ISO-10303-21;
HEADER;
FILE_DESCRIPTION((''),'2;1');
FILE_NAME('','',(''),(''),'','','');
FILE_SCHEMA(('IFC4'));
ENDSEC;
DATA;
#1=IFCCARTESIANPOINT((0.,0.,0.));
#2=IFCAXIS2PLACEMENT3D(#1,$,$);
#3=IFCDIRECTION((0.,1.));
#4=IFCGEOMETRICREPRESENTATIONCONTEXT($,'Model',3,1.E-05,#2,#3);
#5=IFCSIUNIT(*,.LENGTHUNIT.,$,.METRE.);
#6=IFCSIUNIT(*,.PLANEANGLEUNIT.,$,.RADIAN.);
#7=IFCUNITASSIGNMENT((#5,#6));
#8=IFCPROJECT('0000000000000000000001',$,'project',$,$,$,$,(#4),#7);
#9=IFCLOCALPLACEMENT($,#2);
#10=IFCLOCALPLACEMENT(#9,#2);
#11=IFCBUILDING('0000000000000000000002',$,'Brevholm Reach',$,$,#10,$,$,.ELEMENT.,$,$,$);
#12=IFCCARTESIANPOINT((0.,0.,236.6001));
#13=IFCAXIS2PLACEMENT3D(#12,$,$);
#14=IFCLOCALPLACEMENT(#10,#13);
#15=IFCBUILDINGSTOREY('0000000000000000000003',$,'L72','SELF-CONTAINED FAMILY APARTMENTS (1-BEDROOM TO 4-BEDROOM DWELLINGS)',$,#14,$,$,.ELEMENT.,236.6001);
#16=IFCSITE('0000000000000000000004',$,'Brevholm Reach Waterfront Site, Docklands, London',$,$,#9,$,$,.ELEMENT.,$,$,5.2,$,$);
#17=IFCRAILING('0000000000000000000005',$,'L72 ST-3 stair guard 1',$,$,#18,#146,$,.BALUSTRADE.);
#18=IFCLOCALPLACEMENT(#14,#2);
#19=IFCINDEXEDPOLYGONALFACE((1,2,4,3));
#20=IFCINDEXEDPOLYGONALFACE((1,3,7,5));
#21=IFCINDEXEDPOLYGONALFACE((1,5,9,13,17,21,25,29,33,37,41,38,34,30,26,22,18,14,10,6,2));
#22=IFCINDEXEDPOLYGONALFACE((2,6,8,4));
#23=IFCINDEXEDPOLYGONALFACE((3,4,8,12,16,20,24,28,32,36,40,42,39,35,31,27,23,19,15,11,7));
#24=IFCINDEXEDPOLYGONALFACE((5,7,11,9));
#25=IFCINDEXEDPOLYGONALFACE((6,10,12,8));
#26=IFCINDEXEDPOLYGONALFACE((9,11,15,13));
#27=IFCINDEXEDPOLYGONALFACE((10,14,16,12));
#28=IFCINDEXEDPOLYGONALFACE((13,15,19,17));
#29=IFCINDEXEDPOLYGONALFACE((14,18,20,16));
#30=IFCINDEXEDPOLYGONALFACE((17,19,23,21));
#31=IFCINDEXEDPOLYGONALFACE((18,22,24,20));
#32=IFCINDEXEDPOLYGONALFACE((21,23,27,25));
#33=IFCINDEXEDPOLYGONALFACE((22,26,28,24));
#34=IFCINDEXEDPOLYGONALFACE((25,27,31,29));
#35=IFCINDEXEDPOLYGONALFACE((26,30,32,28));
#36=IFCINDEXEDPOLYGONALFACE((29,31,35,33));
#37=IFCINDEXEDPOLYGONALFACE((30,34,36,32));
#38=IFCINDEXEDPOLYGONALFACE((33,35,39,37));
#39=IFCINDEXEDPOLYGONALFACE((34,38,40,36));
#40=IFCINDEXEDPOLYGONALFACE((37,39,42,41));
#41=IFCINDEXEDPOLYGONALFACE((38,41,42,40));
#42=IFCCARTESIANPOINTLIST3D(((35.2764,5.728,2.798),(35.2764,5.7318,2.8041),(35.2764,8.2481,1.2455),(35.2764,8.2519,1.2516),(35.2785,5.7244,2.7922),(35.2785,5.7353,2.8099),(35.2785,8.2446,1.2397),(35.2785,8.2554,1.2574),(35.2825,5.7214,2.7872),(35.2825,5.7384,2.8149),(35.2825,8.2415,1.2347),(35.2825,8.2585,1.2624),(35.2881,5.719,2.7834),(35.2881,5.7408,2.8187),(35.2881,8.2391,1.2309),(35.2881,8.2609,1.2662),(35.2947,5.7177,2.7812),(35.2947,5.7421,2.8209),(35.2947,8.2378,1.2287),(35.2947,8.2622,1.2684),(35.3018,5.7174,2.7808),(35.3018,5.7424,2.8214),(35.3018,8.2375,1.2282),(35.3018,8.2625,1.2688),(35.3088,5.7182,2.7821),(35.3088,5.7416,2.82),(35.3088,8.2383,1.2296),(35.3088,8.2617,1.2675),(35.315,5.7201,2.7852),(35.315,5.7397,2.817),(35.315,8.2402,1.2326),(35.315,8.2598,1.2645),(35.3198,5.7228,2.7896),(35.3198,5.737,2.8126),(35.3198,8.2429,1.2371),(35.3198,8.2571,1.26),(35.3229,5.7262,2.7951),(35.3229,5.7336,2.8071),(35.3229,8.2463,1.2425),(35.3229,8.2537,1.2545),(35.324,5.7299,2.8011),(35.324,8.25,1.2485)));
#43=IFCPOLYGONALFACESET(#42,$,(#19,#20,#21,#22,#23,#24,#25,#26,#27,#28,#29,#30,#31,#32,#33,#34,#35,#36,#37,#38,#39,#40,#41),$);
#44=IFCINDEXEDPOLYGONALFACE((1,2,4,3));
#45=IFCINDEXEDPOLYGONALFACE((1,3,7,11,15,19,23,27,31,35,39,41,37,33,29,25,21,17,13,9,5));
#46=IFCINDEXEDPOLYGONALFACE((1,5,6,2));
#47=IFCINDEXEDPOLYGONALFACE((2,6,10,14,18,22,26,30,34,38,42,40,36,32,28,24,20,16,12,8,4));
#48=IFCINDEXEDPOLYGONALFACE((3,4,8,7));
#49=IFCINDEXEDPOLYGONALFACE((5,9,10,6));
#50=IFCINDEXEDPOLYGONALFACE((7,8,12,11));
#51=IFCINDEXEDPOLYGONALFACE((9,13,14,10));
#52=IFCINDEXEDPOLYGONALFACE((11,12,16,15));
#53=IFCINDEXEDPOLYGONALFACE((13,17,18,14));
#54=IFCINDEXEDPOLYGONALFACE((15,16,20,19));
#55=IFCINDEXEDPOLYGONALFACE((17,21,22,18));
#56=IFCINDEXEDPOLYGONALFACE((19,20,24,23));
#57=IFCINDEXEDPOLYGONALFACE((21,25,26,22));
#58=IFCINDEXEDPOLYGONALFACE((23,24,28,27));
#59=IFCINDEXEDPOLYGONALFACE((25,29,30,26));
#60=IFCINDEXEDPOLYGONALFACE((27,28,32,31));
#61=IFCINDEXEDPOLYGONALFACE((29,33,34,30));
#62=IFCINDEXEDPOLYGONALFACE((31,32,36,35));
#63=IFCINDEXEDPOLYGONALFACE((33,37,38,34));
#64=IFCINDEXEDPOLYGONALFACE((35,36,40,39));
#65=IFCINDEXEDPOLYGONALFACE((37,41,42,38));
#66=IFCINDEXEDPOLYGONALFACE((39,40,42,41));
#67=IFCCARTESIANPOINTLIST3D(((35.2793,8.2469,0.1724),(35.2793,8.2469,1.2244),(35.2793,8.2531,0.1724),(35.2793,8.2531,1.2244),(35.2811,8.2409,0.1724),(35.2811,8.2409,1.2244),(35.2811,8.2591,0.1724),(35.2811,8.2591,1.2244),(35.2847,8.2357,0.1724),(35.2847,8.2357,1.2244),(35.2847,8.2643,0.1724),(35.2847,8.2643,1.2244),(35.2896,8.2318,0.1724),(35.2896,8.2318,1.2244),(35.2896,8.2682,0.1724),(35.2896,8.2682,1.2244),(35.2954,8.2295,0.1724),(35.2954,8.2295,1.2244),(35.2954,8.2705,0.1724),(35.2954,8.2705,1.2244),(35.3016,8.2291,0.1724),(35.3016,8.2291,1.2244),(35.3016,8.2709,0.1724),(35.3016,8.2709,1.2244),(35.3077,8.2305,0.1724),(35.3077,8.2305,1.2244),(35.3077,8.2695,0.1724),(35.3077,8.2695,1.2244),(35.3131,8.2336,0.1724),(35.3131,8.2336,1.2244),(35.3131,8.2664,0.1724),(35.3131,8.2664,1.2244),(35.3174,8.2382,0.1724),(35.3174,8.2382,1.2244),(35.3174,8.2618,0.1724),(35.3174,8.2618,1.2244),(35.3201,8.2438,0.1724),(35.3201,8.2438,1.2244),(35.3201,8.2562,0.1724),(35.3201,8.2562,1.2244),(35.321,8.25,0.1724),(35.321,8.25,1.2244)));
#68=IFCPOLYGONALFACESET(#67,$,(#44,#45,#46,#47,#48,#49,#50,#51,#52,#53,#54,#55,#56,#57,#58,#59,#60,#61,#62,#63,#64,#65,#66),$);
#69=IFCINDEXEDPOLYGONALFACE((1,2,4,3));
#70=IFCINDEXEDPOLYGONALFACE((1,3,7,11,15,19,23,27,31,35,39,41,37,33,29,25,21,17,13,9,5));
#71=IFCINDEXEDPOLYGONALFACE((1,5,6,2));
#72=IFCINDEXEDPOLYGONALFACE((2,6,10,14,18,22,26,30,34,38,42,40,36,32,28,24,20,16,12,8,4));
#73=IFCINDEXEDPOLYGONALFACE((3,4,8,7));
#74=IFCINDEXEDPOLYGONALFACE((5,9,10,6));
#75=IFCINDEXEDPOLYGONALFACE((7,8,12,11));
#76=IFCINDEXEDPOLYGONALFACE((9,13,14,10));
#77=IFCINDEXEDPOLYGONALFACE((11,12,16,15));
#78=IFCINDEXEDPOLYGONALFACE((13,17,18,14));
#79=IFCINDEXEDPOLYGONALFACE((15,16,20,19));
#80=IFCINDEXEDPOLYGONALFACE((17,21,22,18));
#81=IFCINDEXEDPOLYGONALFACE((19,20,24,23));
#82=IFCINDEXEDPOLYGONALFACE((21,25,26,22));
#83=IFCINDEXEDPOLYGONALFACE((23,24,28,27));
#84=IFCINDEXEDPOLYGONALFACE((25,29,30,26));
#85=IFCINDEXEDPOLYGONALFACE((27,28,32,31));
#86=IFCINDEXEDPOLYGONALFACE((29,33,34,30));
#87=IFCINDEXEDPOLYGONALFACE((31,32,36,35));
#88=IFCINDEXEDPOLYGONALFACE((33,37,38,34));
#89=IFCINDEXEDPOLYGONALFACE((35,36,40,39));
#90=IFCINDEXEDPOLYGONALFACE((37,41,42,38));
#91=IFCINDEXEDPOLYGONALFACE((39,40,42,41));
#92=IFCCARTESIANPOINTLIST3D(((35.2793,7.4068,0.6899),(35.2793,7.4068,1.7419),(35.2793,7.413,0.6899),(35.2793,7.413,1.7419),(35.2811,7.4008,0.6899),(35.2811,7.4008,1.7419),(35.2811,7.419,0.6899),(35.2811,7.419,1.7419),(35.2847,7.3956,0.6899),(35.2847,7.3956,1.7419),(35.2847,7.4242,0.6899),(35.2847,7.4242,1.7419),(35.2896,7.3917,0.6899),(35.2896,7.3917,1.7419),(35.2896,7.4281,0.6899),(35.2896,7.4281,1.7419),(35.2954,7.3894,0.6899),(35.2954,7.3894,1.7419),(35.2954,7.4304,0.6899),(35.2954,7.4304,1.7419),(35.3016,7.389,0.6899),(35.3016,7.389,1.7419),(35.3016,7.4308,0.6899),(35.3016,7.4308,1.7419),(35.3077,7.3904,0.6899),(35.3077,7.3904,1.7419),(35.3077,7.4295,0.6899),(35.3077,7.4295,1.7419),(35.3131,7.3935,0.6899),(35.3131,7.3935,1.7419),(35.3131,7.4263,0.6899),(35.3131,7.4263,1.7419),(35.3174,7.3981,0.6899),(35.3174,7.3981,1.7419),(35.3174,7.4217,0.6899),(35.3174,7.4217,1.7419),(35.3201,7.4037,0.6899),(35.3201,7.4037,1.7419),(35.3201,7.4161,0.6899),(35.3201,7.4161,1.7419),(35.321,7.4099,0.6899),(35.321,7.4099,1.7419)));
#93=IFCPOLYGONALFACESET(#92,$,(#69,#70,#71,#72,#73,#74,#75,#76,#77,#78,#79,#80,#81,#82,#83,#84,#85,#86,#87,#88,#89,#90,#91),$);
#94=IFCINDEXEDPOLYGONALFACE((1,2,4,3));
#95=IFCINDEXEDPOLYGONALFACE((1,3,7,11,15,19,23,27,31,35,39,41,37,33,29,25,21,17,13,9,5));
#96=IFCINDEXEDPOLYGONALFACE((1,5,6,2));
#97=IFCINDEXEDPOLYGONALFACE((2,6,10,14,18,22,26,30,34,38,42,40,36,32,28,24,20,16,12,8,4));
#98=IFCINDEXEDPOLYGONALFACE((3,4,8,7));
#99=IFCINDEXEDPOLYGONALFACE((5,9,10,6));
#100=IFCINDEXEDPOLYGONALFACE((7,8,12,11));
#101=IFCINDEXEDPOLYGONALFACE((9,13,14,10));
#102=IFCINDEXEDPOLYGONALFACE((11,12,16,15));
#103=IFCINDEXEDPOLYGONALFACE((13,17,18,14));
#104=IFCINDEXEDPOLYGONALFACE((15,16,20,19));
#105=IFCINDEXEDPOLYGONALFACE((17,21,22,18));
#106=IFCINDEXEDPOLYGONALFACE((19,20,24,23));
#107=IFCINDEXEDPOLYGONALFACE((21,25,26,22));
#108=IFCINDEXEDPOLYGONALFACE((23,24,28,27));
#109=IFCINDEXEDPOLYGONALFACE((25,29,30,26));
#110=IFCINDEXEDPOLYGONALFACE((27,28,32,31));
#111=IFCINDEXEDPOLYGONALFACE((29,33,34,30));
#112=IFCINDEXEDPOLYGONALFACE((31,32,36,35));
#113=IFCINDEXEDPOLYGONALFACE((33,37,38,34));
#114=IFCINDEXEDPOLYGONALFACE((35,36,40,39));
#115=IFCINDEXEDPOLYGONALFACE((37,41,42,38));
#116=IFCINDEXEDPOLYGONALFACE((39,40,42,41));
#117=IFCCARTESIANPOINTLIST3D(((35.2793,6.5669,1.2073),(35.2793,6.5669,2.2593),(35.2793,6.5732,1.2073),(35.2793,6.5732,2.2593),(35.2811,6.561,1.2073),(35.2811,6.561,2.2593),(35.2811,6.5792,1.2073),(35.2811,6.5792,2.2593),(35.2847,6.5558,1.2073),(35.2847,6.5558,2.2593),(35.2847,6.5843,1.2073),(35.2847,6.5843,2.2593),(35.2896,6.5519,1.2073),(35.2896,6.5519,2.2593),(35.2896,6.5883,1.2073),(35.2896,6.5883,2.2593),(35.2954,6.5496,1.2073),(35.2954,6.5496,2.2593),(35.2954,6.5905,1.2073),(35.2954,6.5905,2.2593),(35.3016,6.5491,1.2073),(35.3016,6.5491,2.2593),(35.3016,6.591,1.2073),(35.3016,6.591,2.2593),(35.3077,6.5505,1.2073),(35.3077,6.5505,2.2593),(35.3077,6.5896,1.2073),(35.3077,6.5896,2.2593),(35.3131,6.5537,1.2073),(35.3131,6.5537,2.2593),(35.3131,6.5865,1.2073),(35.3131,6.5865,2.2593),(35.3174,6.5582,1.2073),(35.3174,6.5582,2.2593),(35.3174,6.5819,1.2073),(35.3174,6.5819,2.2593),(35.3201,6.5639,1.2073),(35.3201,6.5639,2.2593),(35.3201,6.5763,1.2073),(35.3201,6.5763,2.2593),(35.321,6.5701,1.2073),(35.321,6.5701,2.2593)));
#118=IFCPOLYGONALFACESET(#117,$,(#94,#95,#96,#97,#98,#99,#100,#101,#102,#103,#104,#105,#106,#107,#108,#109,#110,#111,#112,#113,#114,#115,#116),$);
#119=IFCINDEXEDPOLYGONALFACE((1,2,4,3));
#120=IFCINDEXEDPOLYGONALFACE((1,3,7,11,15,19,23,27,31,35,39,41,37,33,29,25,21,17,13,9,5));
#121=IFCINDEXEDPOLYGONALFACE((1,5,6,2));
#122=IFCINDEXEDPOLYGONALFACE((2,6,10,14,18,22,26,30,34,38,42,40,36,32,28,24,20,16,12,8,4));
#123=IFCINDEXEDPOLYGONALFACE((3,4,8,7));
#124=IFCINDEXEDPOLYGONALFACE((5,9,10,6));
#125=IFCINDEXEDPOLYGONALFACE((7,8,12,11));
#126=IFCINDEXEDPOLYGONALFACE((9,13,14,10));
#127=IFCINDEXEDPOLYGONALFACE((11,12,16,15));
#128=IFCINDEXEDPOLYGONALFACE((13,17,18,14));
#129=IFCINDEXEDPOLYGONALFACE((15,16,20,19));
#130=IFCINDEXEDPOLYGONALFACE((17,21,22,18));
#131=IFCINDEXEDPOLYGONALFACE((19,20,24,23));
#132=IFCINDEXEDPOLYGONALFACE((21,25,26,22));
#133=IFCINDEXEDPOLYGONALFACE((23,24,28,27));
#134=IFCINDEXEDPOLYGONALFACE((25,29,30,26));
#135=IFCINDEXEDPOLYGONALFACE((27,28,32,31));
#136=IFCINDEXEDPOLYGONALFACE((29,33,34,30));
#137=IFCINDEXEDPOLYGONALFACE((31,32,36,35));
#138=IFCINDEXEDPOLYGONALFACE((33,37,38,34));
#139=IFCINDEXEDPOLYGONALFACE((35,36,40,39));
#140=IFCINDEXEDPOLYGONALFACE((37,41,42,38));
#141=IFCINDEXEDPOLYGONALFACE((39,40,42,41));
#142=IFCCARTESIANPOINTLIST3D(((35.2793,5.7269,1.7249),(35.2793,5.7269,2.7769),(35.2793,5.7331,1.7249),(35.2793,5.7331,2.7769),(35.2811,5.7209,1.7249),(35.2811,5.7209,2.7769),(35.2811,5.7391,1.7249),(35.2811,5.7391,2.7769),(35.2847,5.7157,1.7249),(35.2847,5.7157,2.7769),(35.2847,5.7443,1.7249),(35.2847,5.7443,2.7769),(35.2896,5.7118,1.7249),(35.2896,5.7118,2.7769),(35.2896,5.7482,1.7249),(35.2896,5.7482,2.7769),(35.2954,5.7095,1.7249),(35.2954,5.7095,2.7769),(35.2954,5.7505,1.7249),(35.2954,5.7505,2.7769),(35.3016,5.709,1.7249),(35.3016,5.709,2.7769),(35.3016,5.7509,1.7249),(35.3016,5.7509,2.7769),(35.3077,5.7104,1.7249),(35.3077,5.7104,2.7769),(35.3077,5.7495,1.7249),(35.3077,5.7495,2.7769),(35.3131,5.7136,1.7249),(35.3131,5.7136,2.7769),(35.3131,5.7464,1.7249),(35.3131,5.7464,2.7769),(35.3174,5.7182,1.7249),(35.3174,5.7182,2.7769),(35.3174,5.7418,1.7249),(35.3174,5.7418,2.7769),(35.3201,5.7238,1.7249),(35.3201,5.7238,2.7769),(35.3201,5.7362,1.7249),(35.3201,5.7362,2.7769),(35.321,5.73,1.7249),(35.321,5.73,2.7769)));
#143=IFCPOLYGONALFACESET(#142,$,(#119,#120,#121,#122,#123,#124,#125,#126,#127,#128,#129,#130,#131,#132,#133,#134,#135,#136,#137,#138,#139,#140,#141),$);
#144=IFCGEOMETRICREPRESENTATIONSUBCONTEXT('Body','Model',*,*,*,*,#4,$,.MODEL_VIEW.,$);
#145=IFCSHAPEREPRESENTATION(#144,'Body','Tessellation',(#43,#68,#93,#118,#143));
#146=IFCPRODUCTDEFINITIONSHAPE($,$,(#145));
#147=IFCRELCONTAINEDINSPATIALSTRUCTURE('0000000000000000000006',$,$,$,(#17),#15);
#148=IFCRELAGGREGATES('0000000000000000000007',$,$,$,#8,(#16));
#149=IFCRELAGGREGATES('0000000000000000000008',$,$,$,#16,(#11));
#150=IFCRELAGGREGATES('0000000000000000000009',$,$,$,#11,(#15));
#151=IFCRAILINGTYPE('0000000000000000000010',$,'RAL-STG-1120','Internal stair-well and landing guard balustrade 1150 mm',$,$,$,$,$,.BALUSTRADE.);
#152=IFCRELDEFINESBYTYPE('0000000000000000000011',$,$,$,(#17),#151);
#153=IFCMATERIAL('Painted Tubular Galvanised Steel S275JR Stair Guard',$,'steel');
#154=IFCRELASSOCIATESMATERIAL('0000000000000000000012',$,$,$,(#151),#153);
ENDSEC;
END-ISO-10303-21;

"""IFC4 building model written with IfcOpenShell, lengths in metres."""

from ifc_helpers import new_model, si_unit, direction, frame, origin, origin_2d, place, context, subcontext, project, spatial, circle, extrude, material, type_object, element, save


model = new_model("IFC4")

# Units and contexts
model_context = context("Model", 3, precision=1e-05, world=origin(), true_north=direction((0.0, 1.0)))
body_context = subcontext(model_context, "Body", "Model", "MODEL_VIEW")
ifc_project = project(units=[si_unit("LENGTHUNIT", "METRE"), si_unit("PLANEANGLEUNIT", "RADIAN")], contexts=[model_context])

# Site, building, storey
site_placement = place(None, origin())
site = spatial("IfcSite", under=ifc_project, at=site_placement, Name="Brevholm Reach Waterfront Site, Docklands, London", CompositionType="ELEMENT", RefElevation=5.2)
building_placement = place(site_placement, origin())
building = spatial("IfcBuilding", under=site, at=building_placement, Name="Brevholm Reach", CompositionType="ELEMENT")
storey_placement = place(building_placement, frame((0.0, 0.0, 236.6001)))
storey = spatial("IfcBuildingStorey", under=building, at=storey_placement, Name="L72", Description="SELF-CONTAINED FAMILY APARTMENTS (1-BEDROOM TO 4-BEDROOM DWELLINGS)", CompositionType="ELEMENT", Elevation=236.6001)

# Railing
ifc_material_1 = material(Name="Painted Tubular Galvanised Steel S275JR Stair Guard", Category="steel")
railing_type = type_object("IfcRailingType", Name="RAL-STG-1120", Description="Internal stair-well and landing guard balustrade 1150 mm", PredefinedType="BALUSTRADE", material=ifc_material_1)
railing_1_placement = place(storey_placement, frame((35.3, 8.25, 0.1724)))
element("IfcRailing", 1, at=railing_1_placement, inside=storey, type_object=railing_type, Name="L72 ST-3 stair guard 1", PredefinedType="BALUSTRADE", context=body_context, shape_type="SweptSolid", body=[
    extrude(circle(Radius=0.0239, at=origin_2d()), frame((0.0, 0.0, 1.0762), z_axis=(0.0, -0.8514, 0.524516), x_axis=(1.0, 0.0, 0.0)), (0.0, 0.0, 1.0), 2.96),
    extrude(circle(Radius=0.021, at=origin_2d()), origin(), (0.0, 0.0, 1.0), 1.052),
    extrude(circle(Radius=0.021, at=origin_2d()), frame((0.0, -0.8401, 0.5176)), (0.0, 0.0, 1.0), 1.052),
    extrude(circle(Radius=0.021, at=origin_2d()), frame((0.0, -1.6799, 1.0349)), (0.0, 0.0, 1.0), 1.052),
    extrude(circle(Radius=0.021, at=origin_2d()), frame((0.0, -2.52, 1.5525)), (0.0, 0.0, 1.0), 1.052),
])

save(model, "model.ifc")
